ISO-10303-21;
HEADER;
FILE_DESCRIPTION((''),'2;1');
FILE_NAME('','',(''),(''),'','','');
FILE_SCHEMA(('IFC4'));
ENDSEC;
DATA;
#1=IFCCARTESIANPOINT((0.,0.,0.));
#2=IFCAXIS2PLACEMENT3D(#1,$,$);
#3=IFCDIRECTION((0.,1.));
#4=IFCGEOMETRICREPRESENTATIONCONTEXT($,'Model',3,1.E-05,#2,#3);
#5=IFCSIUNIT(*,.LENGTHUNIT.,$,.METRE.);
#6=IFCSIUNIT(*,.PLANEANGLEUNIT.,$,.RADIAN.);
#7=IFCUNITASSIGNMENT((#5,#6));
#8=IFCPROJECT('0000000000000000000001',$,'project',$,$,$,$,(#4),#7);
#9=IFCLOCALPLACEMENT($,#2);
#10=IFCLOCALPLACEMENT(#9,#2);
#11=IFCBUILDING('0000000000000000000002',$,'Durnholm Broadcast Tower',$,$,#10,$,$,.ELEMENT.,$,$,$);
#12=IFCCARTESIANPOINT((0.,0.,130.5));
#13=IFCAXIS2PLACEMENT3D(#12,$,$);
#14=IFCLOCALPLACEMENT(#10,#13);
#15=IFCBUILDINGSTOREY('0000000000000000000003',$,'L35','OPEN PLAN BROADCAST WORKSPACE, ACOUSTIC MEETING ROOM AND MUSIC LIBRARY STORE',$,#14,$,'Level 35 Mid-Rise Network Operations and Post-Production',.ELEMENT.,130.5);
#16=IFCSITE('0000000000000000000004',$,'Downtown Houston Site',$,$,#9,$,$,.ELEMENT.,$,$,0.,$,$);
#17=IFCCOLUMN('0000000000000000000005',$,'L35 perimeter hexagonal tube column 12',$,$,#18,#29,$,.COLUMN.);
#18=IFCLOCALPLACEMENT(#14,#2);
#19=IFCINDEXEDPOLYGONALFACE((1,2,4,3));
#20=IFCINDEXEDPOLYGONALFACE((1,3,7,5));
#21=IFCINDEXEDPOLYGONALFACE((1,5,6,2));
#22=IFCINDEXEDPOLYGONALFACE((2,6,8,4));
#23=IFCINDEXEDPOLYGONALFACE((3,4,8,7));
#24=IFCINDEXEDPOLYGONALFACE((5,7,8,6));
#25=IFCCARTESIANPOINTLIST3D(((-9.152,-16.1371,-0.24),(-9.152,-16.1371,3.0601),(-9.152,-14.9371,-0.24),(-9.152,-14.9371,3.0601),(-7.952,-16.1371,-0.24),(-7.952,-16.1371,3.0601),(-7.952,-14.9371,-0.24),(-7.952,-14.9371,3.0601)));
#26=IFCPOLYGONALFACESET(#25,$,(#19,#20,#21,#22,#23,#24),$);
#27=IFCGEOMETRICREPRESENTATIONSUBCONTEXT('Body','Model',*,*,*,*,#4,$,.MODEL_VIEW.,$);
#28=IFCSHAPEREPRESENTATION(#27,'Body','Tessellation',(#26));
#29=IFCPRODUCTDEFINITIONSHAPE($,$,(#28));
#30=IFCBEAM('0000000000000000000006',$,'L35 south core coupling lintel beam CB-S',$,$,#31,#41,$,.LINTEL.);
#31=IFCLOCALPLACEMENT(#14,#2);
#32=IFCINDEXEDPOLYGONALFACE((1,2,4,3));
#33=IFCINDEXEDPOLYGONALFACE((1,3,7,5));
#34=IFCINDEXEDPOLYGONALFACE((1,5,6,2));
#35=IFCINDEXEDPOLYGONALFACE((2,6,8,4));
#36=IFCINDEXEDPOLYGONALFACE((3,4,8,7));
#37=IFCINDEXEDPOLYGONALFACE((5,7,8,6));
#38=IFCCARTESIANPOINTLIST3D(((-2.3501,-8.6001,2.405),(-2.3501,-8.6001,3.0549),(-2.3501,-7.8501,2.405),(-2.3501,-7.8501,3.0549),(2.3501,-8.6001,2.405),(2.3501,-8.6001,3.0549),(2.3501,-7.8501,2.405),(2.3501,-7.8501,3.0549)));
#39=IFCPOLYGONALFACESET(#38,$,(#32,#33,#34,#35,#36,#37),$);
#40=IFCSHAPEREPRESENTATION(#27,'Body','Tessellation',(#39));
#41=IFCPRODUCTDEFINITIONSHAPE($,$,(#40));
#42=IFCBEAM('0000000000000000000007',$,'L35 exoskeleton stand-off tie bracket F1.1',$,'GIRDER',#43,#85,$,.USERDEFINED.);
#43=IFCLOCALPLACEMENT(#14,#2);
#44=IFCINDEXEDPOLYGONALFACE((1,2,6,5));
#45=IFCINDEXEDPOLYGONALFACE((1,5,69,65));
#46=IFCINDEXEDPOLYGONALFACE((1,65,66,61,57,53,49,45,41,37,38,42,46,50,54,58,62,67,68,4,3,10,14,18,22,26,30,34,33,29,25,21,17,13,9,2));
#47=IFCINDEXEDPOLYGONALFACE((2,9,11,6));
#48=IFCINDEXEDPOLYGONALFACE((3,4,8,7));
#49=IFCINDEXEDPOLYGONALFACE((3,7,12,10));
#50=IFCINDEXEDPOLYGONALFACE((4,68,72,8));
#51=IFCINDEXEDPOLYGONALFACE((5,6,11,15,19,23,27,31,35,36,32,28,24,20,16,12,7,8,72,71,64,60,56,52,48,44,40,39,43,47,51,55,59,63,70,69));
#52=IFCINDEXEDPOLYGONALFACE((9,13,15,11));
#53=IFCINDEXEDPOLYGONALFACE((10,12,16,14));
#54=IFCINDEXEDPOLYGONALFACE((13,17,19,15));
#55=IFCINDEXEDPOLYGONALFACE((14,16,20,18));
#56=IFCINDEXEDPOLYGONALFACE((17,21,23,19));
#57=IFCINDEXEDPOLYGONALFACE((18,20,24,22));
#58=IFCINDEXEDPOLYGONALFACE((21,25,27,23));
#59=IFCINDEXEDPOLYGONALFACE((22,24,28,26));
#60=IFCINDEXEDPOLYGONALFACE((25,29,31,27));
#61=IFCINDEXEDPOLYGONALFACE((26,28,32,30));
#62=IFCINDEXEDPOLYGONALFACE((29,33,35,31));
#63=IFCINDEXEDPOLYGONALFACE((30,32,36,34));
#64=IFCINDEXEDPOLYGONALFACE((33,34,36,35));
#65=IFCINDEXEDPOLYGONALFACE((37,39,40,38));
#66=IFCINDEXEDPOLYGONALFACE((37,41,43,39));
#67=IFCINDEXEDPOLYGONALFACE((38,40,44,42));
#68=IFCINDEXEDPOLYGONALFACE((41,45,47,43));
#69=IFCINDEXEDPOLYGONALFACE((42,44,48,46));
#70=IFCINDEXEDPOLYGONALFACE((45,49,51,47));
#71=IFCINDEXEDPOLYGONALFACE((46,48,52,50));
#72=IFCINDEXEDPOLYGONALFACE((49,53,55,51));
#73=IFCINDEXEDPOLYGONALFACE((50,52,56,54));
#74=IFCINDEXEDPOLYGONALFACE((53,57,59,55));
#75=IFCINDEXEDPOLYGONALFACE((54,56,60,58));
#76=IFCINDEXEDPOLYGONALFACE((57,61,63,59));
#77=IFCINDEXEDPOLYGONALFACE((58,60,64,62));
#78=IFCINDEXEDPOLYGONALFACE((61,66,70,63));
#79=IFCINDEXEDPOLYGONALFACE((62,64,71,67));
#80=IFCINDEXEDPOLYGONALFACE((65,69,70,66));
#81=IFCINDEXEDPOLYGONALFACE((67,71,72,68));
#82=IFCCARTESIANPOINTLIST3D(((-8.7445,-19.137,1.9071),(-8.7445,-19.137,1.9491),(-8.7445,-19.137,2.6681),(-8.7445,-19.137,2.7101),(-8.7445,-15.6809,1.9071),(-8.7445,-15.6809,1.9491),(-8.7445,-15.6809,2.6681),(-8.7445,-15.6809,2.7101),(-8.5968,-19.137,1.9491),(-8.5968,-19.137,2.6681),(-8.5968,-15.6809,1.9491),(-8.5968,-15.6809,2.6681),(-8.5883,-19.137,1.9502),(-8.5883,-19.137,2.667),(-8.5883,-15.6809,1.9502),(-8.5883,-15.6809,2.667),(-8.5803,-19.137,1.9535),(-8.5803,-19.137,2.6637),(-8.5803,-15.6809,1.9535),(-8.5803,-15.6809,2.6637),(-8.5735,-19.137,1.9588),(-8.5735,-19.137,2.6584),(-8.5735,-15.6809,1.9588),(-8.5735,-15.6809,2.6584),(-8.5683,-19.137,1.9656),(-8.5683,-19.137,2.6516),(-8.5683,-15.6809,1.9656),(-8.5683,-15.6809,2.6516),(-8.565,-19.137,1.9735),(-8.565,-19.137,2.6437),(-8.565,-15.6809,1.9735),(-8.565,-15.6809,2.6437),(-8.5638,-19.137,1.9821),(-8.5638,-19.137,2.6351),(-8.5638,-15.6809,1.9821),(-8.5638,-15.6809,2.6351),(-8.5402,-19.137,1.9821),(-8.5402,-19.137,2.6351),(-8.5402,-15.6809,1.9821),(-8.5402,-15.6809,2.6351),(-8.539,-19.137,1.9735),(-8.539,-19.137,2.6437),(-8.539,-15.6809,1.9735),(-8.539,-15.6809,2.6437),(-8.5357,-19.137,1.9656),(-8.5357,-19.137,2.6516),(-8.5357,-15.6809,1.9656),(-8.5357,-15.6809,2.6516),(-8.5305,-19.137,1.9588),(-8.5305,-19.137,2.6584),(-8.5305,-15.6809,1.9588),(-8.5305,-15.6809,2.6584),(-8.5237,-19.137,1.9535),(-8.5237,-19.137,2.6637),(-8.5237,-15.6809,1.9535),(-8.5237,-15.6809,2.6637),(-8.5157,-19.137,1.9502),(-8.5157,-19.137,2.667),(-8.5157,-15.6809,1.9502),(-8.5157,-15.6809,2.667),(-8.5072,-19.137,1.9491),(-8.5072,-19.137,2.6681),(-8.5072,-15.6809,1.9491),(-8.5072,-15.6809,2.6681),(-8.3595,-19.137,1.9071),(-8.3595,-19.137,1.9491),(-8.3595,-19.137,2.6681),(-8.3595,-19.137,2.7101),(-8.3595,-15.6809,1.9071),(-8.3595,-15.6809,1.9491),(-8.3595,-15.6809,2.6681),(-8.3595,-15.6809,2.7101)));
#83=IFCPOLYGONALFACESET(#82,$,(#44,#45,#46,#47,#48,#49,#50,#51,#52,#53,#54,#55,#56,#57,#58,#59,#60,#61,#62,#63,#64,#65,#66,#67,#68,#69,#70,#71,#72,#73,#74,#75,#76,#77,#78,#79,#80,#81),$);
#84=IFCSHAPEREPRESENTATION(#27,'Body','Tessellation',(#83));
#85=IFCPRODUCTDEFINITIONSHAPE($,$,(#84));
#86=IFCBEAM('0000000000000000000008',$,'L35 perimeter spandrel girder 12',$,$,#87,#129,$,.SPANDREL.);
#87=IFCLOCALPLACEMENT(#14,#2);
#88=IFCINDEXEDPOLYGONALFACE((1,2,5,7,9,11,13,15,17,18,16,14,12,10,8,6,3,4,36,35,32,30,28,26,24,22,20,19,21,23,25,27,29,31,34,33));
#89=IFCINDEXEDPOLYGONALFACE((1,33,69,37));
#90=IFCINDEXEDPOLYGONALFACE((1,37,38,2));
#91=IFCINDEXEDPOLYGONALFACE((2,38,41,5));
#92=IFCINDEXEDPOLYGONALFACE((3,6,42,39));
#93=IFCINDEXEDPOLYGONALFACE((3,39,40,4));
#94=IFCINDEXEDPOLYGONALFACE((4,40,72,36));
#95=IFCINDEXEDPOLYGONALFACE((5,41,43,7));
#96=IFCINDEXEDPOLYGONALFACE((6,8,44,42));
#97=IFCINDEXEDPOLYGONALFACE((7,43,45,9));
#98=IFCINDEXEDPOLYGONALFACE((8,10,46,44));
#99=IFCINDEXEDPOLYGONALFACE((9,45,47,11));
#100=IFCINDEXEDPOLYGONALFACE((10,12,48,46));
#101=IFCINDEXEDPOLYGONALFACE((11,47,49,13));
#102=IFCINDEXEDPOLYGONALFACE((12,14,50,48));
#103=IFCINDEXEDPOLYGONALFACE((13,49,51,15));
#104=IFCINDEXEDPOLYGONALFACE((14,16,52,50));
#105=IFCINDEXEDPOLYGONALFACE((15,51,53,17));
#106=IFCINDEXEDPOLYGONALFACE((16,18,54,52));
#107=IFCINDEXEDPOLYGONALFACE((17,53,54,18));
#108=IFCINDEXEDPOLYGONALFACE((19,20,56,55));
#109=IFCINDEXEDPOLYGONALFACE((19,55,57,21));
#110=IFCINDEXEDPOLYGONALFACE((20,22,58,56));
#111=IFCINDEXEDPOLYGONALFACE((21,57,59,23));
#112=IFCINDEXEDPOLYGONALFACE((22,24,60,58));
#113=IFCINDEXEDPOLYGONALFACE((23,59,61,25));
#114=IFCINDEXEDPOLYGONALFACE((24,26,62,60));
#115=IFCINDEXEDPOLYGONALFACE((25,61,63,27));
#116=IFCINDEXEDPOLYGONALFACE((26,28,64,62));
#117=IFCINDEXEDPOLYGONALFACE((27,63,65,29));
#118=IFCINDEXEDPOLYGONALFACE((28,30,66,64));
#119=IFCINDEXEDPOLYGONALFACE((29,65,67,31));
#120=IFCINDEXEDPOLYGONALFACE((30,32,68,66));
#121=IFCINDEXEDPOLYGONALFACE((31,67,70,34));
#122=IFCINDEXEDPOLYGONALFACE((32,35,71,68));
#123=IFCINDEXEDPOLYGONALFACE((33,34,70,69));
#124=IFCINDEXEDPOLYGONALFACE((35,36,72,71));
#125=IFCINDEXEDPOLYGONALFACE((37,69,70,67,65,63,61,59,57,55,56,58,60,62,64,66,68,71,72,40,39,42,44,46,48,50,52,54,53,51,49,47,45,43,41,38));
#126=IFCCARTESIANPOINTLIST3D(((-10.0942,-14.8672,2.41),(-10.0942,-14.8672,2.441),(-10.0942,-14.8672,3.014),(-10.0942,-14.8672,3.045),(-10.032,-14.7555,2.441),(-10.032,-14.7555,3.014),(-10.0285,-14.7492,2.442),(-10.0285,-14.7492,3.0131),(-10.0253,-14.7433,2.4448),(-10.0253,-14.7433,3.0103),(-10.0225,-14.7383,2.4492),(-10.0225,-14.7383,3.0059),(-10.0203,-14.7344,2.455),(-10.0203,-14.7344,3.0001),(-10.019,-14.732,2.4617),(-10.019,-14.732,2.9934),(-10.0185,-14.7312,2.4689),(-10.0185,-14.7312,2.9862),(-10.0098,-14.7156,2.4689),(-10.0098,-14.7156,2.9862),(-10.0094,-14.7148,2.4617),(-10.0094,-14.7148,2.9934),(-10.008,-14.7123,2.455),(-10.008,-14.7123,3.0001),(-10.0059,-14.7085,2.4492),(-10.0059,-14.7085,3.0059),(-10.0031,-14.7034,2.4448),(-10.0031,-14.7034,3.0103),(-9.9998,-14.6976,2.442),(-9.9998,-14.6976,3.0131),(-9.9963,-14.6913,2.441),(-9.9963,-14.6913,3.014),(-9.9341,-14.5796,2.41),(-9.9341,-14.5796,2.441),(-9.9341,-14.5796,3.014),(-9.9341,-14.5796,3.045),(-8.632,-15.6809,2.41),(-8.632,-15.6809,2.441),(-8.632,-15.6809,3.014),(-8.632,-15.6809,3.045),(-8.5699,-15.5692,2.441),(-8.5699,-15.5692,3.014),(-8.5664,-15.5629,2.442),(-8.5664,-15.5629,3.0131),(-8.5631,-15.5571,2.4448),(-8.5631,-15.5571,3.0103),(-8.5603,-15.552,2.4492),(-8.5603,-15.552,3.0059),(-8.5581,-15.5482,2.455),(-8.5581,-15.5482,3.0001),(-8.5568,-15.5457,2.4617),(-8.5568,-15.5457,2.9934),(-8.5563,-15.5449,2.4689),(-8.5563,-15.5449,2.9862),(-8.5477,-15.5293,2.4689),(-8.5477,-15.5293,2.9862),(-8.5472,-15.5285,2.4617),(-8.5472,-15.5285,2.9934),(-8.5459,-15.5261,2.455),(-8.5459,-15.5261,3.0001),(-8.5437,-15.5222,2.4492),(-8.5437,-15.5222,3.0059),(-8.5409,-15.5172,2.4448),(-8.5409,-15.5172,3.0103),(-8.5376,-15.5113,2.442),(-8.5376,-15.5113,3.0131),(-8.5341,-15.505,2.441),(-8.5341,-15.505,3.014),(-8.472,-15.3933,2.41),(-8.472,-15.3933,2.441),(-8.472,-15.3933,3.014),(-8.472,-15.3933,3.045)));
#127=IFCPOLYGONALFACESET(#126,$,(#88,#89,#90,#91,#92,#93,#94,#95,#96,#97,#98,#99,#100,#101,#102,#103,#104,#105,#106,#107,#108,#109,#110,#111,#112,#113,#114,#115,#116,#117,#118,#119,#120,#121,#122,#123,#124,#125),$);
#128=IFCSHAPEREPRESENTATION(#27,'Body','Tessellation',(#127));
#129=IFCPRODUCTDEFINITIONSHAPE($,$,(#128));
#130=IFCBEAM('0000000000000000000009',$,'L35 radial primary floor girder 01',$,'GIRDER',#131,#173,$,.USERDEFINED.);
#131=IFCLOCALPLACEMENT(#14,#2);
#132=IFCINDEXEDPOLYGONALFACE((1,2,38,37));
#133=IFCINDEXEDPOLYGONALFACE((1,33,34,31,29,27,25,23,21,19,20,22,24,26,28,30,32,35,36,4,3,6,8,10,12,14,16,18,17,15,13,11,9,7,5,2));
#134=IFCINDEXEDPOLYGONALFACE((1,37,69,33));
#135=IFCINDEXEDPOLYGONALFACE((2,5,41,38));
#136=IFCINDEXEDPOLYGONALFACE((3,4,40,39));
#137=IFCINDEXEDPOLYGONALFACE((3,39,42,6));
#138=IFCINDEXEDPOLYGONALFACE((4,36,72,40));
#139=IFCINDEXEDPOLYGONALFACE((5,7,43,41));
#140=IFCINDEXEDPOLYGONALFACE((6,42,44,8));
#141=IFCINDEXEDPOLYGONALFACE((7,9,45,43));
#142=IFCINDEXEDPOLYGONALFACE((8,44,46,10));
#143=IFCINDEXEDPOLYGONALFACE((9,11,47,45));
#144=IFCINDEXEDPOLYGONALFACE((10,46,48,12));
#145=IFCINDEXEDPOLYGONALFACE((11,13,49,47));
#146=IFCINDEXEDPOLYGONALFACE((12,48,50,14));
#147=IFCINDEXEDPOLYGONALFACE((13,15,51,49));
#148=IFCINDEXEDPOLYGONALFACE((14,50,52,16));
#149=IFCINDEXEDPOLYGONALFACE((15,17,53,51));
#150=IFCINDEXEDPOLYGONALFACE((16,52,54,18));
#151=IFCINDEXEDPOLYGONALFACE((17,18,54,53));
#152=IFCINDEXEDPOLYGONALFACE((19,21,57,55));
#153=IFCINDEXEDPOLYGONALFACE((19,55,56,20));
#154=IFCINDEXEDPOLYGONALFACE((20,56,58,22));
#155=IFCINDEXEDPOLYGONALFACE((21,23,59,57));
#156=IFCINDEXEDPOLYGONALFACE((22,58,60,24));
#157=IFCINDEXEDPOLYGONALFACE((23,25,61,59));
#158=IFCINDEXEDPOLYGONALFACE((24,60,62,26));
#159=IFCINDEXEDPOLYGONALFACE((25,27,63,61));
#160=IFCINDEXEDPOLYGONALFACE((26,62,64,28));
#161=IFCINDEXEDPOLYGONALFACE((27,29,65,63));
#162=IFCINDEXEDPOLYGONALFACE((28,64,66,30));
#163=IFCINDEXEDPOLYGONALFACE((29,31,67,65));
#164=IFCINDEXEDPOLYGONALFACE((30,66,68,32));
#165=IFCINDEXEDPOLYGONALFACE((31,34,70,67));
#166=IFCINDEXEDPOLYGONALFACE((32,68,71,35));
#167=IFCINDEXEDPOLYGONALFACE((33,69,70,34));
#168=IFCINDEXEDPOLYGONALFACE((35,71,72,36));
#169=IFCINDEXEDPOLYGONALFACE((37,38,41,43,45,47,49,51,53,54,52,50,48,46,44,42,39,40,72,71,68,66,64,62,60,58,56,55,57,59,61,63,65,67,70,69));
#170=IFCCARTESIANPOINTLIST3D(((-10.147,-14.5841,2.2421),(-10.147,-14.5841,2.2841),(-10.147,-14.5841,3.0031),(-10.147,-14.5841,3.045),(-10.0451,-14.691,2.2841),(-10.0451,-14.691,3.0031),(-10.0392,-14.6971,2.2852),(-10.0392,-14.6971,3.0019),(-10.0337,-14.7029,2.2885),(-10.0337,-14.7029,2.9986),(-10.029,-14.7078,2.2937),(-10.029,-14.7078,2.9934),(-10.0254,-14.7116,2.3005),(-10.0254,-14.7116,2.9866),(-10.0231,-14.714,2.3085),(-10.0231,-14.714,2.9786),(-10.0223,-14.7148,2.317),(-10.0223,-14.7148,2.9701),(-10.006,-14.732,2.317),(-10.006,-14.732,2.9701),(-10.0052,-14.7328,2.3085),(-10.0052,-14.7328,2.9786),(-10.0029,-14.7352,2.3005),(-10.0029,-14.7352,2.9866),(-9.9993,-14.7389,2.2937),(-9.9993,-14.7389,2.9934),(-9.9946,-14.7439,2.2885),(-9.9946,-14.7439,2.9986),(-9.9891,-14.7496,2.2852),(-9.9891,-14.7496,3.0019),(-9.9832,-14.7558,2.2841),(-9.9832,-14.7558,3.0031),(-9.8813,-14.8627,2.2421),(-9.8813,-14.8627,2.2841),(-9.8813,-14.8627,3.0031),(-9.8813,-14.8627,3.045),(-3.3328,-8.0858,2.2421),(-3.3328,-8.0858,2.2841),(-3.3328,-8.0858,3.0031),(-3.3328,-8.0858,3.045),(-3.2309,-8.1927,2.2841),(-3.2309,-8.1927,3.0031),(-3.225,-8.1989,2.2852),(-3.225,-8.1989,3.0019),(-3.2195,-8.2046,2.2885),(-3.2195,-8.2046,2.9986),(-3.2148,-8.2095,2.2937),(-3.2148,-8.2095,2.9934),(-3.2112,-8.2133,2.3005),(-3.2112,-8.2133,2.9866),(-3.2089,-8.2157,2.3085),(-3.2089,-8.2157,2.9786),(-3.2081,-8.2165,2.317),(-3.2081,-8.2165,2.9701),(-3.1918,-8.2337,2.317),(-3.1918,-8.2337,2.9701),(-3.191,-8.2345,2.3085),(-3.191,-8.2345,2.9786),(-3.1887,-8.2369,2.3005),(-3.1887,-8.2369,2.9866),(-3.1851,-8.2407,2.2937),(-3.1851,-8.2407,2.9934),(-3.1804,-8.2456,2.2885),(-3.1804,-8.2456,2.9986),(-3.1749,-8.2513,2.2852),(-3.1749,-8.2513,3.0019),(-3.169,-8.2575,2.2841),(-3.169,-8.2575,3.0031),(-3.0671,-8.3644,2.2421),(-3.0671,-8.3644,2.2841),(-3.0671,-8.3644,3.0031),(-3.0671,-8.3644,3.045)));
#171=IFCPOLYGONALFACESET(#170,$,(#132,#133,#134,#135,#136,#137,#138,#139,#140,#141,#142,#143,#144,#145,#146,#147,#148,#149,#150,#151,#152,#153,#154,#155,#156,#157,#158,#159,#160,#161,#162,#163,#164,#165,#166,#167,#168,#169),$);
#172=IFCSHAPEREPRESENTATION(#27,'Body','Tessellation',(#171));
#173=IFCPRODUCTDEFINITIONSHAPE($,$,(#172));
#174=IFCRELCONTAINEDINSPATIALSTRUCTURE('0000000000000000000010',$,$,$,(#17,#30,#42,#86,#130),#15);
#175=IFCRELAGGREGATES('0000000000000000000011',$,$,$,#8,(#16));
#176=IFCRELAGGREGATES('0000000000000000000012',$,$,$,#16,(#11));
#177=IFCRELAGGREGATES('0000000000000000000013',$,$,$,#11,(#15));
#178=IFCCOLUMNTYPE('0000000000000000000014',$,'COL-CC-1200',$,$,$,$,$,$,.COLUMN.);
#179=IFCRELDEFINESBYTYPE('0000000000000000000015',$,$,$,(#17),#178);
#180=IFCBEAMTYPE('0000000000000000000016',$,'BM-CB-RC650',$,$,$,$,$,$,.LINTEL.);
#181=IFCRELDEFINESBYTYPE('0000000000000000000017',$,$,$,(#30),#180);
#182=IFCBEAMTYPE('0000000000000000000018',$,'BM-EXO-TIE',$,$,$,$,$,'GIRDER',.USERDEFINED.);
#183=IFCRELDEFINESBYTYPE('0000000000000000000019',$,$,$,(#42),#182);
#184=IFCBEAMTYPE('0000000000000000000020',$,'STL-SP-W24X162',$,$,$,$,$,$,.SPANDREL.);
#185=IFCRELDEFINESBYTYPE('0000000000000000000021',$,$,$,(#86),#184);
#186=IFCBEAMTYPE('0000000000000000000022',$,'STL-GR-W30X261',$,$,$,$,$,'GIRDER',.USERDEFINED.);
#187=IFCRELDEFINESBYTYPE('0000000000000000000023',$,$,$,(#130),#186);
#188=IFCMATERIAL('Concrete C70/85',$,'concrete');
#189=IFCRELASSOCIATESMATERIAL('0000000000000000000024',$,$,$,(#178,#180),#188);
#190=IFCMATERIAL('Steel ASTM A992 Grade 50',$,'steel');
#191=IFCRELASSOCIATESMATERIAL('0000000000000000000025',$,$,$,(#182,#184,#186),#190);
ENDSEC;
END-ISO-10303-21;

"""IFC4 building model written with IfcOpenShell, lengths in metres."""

from ifc_helpers import new_model, si_unit, direction, frame, origin, origin_2d, place, context, subcontext, project, spatial, rectangle, i_section, extrude, source, transform, mapped, material, material_profile, profile_set, type_object, type_shapes, element, save


model = new_model("IFC4")

# Units and contexts
model_context = context("Model", 3, precision=1e-05, world=origin(), true_north=direction((0.0, 1.0)))
body_context = subcontext(model_context, "Body", "Model", "MODEL_VIEW")
ifc_project = project(units=[si_unit("LENGTHUNIT", "METRE"), si_unit("PLANEANGLEUNIT", "RADIAN")], contexts=[model_context])

# Site, building, storey
site_placement = place(None, origin())
site = spatial("IfcSite", under=ifc_project, at=site_placement, Name="Downtown Houston Site", CompositionType="ELEMENT", RefElevation=0.0)
building_placement = place(site_placement, origin())
building = spatial("IfcBuilding", under=site, at=building_placement, Name="Durnholm Broadcast Tower", CompositionType="ELEMENT")
storey_placement = place(building_placement, frame((0.0, 0.0, 130.5)))
storey = spatial("IfcBuildingStorey", under=building, at=storey_placement, Name="L35", Description="OPEN PLAN BROADCAST WORKSPACE, ACOUSTIC MEETING ROOM AND MUSIC LIBRARY STORE", LongName="Level 35 Mid-Rise Network Operations and Post-Production", CompositionType="ELEMENT", Elevation=130.5)

# Column
ifc_material_1 = material(Name="Concrete C70/85", Category="concrete")
ifc_material_profile_1 = material_profile(ifc_material_1, rectangle(XDim=1.2, YDim=1.2, at=origin_2d()), Name="RC1200X1200")
ifc_profile_set_1 = profile_set([ifc_material_profile_1], Name="Concrete C70/85")
column_type = type_object("IfcColumnType", Name="COL-CC-1200", PredefinedType="COLUMN", material=ifc_profile_set_1)
shared_shape_1 = source(origin(), body_context, "Body", "SweptSolid", [
    extrude(rectangle(XDim=1.2, YDim=1.2, at=origin_2d()), origin(), (0.0, 0.0, 1.0), 3.3),
])
type_shapes(column_type, [shared_shape_1])
column_placement = place(storey_placement, frame((-8.552, -15.5371, -0.24), z_axis=(0.0, 0.0, 1.0), x_axis=(1.0, 0.0, 0.0)))
element("IfcColumn", 1, at=column_placement, inside=storey, type_object=column_type, Name="L35 perimeter hexagonal tube column 12", PredefinedType="COLUMN", context=body_context, shape_type="MappedRepresentation", body=[
    mapped(shared_shape_1, transform((0.0, 0.0, 0.0), x_axis=(1.0, 0.0, 0.0), y_axis=(0.0, 1.0, 0.0), z_axis=(0.0, 0.0, 1.0), scale=1.0)),
])

# Beams
ifc_material_profile_2 = material_profile(ifc_material_1, rectangle(XDim=0.75, YDim=0.6499, at=origin_2d()), Name="RC750X650")
ifc_profile_set_2 = profile_set([ifc_material_profile_2], Name="Concrete C70/85")
beam_type_1 = type_object("IfcBeamType", Name="BM-CB-RC650", PredefinedType="LINTEL", material=ifc_profile_set_2)
shared_shape_2 = source(origin(), body_context, "Body", "SweptSolid", [
    extrude(rectangle(XDim=0.75, YDim=0.6499, at=origin_2d()), origin(), (0.0, 0.0, 1.0), 4.7002),
])
type_shapes(beam_type_1, [shared_shape_2])
beam_1_placement = place(storey_placement, frame((-2.3501, -8.2251, 2.73), z_axis=(1.0, 0.0, 0.0), x_axis=(0.0, 1.0, 0.0)))
element("IfcBeam", 2, at=beam_1_placement, inside=storey, type_object=beam_type_1, Name="L35 south core coupling lintel beam CB-S", PredefinedType="LINTEL", context=body_context, shape_type="MappedRepresentation", body=[
    mapped(shared_shape_2, transform((0.0, 0.0, 0.0), x_axis=(1.0, 0.0, 0.0), y_axis=(0.0, 1.0, 0.0), z_axis=(0.0, 0.0, 1.0), scale=1.0)),
])
ifc_material_2 = material(Name="Steel ASTM A992 Grade 50", Category="steel")
ifc_material_profile_3 = material_profile(ifc_material_2, i_section(OverallWidth=0.385, OverallDepth=0.803, WebThickness=0.0237, FlangeThickness=0.042, FilletRadius=0.033, at=origin_2d()), Name="W30X261")
ifc_profile_set_3 = profile_set([ifc_material_profile_3], Name="Steel ASTM A992 Grade 50")
beam_type_2 = type_object("IfcBeamType", Name="BM-EXO-TIE", ElementType="GIRDER", PredefinedType="USERDEFINED", material=ifc_profile_set_3)
shared_shape_3 = source(origin(), body_context, "Body", "SweptSolid", [
    extrude(i_section(OverallWidth=0.385, OverallDepth=0.803, WebThickness=0.0237, FlangeThickness=0.042, FilletRadius=0.033, at=origin_2d()), origin(), (0.0, 0.0, 1.0), 3.4561),
])
beam_2_placement = place(storey_placement, frame((-8.552, -15.6809, 2.3086), z_axis=(0.0, -1.0, 0.0), x_axis=(1.0, 0.0, 0.0)))
element("IfcBeam", 3, at=beam_2_placement, inside=storey, type_object=beam_type_2, Name="L35 exoskeleton stand-off tie bracket F1.1", ObjectType="GIRDER", PredefinedType="USERDEFINED", context=body_context, shape_type="MappedRepresentation", body=[
    mapped(shared_shape_3, transform((0.0, 0.0, 0.0), x_axis=(1.0, 0.0, 0.0), y_axis=(0.0, 1.0, 0.0), z_axis=(0.0, 0.0, 1.0), scale=1.0)),
])
ifc_material_profile_4 = material_profile(ifc_material_2, i_section(OverallWidth=0.3291, OverallDepth=0.635, WebThickness=0.0178, FlangeThickness=0.031, FilletRadius=0.0278, at=origin_2d()), Name="W24X162")
ifc_profile_set_4 = profile_set([ifc_material_profile_4], Name="Steel ASTM A992 Grade 50")
beam_type_3 = type_object("IfcBeamType", Name="STL-SP-W24X162", PredefinedType="SPANDREL", material=ifc_profile_set_4)
shared_shape_4 = source(origin(), body_context, "Body", "SweptSolid", [
    extrude(i_section(OverallWidth=0.3291, OverallDepth=0.635, WebThickness=0.0178, FlangeThickness=0.031, FilletRadius=0.0278, at=origin_2d()), origin(), (0.0, 0.0, 1.0), 1.6733),
])
type_shapes(beam_type_3, [shared_shape_4])
beam_3_placement = place(storey_placement, frame((-8.552, -15.5371, 2.7275), z_axis=(-0.873799, 0.486287, 0.0), x_axis=(-0.486287, -0.873799, 0.0)))
element("IfcBeam", 4, at=beam_3_placement, inside=storey, type_object=beam_type_3, Name="L35 perimeter spandrel girder 12", PredefinedType="SPANDREL", context=body_context, shape_type="MappedRepresentation", body=[
    mapped(shared_shape_4, transform((0.0, 0.0, 0.0), x_axis=(1.0, 0.0, 0.0), y_axis=(0.0, 1.0, 0.0), z_axis=(0.0, 0.0, 1.0), scale=1.0)),
])
ifc_material_profile_5 = material_profile(ifc_material_2, i_section(OverallWidth=0.385, OverallDepth=0.803, WebThickness=0.0237, FlangeThickness=0.042, FilletRadius=0.033, at=origin_2d()), Name="W30X261")
ifc_profile_set_5 = profile_set([ifc_material_profile_5], Name="Steel ASTM A992 Grade 50")
beam_type_4 = type_object("IfcBeamType", Name="STL-GR-W30X261", ElementType="GIRDER", PredefinedType="USERDEFINED", material=ifc_profile_set_5)
shared_shape_5 = source(origin(), body_context, "Body", "SweptSolid", [
    extrude(i_section(OverallWidth=0.385, OverallDepth=0.803, WebThickness=0.0237, FlangeThickness=0.042, FilletRadius=0.033, at=origin_2d()), origin(), (0.0, 0.0, 1.0), 9.416),
])
beam_4_placement = place(storey_placement, frame((-3.2, -8.2251, 2.6436), z_axis=(-0.723683, -0.690132, 0.0), x_axis=(0.690132, -0.723683, 0.0)))
element("IfcBeam", 5, at=beam_4_placement, inside=storey, type_object=beam_type_4, Name="L35 radial primary floor girder 01", ObjectType="GIRDER", PredefinedType="USERDEFINED", context=body_context, shape_type="MappedRepresentation", body=[
    mapped(shared_shape_5, transform((0.0, 0.0, 0.0), x_axis=(1.0, 0.0, 0.0), y_axis=(0.0, 1.0, 0.0), z_axis=(0.0, 0.0, 1.0), scale=1.0)),
])

save(model, "model.ifc")
